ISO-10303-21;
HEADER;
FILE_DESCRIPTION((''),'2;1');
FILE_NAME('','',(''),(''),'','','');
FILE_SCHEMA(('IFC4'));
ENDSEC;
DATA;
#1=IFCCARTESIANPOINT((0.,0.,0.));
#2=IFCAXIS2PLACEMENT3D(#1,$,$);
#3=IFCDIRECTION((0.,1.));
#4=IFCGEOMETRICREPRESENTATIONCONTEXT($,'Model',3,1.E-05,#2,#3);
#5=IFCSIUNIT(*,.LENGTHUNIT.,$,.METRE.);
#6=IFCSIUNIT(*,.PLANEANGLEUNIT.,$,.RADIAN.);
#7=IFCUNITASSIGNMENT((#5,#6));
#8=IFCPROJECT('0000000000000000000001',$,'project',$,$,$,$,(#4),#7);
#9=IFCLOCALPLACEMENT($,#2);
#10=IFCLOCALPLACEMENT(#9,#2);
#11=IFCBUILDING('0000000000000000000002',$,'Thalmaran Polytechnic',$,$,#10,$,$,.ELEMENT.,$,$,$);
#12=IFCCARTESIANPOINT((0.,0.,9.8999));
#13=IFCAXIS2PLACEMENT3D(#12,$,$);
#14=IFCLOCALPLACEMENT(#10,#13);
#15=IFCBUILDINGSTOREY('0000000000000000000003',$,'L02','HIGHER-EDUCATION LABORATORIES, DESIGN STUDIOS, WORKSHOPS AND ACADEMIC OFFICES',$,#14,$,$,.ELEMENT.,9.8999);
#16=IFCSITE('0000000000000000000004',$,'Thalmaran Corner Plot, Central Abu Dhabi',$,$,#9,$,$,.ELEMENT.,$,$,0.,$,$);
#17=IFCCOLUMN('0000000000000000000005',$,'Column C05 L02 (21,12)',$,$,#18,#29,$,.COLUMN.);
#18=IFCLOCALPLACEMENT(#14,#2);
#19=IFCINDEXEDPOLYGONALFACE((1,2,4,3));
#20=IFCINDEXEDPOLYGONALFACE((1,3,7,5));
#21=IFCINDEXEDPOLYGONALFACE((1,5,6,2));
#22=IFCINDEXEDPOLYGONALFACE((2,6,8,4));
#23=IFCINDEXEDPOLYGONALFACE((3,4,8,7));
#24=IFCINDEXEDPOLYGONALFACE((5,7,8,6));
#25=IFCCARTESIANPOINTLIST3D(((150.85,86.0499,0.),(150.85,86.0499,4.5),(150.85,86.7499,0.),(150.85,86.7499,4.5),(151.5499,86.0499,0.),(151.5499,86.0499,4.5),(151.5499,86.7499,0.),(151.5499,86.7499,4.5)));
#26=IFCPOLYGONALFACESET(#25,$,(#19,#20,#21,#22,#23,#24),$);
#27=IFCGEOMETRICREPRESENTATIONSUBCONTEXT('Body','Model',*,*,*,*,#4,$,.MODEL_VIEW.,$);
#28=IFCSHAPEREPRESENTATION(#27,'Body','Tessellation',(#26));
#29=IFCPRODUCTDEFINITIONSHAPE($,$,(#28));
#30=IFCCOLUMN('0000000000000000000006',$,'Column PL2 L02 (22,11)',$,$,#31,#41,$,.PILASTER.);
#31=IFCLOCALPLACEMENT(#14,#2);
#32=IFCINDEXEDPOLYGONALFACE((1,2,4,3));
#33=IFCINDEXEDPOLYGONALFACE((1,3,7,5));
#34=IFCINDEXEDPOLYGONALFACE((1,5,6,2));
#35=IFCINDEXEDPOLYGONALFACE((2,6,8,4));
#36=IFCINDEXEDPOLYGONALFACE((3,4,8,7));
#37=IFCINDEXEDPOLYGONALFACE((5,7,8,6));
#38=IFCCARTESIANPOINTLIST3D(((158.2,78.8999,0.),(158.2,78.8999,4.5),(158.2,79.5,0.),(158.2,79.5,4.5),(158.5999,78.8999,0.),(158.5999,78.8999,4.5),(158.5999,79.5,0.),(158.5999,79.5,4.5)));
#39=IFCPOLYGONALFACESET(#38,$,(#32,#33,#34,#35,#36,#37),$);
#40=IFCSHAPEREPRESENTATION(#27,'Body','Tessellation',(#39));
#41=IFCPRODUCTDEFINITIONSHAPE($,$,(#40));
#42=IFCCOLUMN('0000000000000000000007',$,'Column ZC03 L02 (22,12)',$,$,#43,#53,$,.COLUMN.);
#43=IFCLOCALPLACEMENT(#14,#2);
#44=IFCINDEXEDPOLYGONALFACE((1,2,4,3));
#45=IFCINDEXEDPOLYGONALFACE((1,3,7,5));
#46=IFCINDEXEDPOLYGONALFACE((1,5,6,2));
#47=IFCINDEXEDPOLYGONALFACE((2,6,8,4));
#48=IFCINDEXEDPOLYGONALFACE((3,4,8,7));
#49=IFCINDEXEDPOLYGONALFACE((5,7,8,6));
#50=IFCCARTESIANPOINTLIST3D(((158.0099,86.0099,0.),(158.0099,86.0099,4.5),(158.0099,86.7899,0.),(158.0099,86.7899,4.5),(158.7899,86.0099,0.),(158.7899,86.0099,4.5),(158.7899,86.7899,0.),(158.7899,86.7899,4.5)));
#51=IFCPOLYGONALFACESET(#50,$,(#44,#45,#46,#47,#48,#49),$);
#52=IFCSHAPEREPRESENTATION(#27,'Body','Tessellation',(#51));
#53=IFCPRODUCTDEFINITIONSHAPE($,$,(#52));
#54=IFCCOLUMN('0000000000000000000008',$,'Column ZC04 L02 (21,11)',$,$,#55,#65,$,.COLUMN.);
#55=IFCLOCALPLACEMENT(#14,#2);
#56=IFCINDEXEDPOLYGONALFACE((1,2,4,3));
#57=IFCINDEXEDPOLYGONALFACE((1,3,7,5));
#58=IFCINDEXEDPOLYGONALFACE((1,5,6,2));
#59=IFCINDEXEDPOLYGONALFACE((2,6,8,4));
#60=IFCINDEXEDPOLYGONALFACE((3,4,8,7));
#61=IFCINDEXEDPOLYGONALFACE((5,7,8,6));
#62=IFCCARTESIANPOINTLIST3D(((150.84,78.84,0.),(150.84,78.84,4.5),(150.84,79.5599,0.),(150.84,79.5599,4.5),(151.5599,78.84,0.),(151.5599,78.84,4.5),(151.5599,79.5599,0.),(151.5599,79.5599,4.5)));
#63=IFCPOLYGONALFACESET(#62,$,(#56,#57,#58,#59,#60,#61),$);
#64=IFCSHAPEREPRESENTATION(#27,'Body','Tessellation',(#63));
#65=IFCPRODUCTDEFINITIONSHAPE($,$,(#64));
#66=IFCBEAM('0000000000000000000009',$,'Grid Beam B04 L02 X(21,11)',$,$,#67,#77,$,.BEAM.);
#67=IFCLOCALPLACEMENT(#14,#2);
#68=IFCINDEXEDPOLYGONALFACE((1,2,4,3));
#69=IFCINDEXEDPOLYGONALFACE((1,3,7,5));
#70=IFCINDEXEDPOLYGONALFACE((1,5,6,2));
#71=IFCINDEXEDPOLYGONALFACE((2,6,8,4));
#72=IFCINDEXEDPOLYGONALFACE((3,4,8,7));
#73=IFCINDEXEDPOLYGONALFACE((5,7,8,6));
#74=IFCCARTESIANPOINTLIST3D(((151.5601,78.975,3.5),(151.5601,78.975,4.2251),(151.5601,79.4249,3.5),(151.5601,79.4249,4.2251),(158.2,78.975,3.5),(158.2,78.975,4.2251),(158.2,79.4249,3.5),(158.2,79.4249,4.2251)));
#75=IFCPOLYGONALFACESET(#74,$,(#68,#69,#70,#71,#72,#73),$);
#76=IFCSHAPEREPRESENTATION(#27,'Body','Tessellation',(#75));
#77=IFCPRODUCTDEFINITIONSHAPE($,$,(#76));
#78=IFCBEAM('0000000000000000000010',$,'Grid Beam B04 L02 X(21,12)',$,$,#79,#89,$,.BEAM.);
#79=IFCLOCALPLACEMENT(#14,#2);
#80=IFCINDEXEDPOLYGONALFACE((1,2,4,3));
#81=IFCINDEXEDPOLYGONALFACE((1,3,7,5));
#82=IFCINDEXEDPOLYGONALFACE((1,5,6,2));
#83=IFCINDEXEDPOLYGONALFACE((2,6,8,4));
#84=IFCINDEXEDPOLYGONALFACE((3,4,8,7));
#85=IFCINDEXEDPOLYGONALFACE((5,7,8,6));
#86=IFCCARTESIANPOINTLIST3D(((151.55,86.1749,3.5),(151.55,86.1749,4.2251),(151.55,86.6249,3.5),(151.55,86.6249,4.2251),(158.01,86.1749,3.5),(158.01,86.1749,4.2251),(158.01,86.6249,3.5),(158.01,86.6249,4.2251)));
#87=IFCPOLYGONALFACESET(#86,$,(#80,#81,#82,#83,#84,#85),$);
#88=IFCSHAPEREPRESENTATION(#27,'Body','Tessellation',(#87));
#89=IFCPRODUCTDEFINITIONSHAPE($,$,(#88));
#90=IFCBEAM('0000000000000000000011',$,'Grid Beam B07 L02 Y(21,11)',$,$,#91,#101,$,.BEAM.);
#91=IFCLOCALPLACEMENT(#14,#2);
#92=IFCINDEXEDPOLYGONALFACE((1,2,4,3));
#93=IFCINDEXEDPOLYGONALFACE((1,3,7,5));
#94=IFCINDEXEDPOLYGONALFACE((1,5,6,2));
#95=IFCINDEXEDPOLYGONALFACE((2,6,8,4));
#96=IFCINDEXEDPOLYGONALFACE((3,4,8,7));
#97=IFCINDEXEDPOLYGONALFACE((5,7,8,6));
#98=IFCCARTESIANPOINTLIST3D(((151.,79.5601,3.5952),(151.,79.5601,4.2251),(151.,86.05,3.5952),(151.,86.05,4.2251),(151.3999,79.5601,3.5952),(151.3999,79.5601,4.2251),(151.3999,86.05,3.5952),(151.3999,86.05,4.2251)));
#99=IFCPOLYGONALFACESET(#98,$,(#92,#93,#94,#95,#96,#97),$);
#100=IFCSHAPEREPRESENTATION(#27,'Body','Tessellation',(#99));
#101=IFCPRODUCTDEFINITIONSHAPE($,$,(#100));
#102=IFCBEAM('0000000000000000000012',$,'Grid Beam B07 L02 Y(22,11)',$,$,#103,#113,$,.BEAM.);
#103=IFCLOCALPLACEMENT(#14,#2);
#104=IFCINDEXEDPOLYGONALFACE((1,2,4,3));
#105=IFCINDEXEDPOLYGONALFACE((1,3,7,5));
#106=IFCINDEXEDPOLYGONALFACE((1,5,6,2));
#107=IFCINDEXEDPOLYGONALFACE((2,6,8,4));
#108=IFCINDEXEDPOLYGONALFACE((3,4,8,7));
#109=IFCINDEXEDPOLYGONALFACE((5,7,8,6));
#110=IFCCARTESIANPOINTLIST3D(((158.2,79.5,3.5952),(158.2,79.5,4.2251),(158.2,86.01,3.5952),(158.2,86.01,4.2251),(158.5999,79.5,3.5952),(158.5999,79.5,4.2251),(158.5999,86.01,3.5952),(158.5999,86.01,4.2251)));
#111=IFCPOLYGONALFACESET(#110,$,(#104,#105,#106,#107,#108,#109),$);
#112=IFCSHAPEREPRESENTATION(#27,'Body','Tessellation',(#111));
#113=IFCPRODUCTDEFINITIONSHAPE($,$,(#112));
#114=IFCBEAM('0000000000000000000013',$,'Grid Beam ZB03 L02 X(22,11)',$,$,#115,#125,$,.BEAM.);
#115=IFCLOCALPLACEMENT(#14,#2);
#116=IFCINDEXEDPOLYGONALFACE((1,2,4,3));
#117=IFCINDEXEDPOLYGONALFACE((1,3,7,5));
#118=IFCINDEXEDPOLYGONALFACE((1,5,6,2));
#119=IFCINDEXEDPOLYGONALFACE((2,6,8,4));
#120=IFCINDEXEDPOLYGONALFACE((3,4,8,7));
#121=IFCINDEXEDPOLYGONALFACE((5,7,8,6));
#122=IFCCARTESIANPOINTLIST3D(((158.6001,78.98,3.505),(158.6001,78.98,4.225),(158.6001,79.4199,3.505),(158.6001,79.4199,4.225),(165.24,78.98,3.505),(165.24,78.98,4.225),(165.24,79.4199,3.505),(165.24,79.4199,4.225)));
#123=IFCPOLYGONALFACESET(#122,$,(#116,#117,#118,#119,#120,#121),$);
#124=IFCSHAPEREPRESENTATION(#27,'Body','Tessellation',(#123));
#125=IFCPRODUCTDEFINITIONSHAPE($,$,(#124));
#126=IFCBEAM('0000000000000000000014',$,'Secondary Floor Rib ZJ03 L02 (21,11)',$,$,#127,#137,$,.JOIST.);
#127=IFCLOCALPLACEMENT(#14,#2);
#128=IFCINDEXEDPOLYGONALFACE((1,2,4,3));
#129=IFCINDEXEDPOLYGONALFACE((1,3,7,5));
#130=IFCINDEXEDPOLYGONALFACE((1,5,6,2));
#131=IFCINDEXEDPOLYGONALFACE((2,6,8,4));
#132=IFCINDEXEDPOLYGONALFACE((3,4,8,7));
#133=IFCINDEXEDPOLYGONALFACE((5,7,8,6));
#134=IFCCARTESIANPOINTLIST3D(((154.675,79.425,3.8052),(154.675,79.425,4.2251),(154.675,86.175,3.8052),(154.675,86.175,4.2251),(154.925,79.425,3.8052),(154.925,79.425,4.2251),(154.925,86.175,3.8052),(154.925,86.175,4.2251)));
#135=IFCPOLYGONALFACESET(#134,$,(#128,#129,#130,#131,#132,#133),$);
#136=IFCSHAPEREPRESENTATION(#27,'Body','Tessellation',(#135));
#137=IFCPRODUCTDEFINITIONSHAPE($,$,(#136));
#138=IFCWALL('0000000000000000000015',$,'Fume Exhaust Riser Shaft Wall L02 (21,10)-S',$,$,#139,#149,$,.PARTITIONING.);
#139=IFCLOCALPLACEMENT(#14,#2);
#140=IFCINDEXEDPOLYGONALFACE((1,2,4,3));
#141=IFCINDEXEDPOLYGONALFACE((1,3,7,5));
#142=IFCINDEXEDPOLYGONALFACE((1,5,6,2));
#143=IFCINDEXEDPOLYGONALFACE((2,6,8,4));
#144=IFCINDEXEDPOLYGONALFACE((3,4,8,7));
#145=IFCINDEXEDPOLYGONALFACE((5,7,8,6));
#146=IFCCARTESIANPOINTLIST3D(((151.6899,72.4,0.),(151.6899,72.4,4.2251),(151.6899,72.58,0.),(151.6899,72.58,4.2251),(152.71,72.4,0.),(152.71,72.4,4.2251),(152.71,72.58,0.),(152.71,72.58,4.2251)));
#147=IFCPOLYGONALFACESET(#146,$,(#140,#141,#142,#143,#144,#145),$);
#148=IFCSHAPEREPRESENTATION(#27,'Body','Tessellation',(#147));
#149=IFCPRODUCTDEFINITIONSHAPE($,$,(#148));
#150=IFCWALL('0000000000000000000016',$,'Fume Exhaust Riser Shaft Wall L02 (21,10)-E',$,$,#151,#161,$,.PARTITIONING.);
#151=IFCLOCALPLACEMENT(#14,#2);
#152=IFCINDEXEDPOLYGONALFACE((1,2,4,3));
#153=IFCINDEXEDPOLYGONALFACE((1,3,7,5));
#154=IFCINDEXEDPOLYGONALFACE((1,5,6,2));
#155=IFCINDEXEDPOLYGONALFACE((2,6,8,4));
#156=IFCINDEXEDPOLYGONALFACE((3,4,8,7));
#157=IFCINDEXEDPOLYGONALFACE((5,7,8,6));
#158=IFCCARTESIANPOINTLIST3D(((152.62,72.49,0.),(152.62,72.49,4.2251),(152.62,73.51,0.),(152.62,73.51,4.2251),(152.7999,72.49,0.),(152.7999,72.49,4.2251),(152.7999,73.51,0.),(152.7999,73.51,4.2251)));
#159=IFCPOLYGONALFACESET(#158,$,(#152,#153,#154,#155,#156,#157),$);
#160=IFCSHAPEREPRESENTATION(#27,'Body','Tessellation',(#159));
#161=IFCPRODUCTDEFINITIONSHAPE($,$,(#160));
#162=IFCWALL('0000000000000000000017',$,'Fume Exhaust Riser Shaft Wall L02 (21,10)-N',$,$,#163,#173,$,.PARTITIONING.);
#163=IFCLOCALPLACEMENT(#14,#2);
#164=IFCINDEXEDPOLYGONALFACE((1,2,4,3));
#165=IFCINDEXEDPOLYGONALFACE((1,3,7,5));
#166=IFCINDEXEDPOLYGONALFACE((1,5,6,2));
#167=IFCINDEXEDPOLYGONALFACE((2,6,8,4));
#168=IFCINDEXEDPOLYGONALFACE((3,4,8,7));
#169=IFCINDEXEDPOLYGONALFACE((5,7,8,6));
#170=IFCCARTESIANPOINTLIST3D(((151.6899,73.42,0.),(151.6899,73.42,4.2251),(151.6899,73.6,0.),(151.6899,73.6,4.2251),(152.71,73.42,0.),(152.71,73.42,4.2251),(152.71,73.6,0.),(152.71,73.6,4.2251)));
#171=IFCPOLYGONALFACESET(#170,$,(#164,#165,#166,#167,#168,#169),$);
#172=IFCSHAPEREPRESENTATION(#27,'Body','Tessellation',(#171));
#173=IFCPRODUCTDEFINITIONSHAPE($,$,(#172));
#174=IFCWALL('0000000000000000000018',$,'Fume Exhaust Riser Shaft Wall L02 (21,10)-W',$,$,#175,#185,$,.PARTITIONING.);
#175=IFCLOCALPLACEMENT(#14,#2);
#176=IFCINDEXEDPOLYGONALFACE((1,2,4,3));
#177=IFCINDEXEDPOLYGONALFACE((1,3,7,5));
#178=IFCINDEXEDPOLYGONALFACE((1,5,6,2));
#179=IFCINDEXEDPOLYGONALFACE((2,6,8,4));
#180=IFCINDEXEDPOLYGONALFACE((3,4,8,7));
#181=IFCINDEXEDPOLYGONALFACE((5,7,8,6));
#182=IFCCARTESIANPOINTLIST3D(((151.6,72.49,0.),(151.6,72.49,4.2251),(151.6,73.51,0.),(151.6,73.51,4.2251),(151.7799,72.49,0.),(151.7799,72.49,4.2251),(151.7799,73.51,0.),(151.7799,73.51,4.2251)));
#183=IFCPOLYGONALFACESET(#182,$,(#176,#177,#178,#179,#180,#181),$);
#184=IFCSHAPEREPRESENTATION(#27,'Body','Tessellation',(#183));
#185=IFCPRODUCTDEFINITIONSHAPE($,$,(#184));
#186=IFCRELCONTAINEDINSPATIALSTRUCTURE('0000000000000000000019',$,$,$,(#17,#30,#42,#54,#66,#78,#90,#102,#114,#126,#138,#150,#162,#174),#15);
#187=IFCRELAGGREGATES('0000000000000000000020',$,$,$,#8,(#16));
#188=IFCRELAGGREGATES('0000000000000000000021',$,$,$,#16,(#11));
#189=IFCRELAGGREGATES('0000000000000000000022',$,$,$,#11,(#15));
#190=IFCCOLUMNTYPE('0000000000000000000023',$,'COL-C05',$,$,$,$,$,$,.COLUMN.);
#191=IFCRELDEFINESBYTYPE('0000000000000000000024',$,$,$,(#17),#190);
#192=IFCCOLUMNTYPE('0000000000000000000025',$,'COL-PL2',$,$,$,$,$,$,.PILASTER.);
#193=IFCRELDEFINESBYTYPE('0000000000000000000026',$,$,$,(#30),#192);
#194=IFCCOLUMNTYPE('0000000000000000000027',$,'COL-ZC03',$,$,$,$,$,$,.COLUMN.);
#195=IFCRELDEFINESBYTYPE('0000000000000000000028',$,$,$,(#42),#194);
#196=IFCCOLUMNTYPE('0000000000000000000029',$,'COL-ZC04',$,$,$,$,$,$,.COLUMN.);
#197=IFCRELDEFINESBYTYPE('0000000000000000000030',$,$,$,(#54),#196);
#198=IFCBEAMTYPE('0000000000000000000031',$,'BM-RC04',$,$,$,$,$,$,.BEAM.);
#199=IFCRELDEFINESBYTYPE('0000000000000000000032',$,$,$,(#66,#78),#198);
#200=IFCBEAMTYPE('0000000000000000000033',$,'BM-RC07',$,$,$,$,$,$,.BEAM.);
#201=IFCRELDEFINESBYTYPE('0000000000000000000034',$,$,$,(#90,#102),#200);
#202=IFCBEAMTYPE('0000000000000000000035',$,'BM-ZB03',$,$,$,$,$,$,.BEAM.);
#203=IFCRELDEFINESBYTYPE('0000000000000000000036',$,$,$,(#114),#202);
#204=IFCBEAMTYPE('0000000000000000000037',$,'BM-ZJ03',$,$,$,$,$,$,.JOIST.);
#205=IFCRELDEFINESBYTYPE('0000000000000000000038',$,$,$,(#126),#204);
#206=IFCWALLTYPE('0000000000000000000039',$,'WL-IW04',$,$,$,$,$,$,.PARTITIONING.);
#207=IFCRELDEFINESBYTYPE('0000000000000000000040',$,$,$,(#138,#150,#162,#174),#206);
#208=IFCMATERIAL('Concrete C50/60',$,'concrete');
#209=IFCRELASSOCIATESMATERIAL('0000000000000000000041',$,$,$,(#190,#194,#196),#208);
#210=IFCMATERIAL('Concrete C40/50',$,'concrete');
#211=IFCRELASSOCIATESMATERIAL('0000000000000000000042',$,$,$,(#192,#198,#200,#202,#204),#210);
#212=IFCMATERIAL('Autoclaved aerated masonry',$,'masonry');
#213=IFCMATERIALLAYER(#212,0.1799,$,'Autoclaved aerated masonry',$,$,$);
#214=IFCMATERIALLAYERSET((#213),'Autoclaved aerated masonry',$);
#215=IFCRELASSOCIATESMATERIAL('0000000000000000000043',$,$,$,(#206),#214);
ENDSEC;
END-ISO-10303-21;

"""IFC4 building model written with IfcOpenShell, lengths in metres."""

from ifc_helpers import new_model, si_unit, direction, frame, frame_2d, origin, origin_2d, place, context, subcontext, project, spatial, rectangle, extrude, material, layer, layer_set, material_profile, profile_set, type_object, element, save


model = new_model("IFC4")

# Units and contexts
model_context = context("Model", 3, precision=1e-05, world=origin(), true_north=direction((0.0, 1.0)))
body_context = subcontext(model_context, "Body", "Model", "MODEL_VIEW")
ifc_project = project(units=[si_unit("LENGTHUNIT", "METRE"), si_unit("PLANEANGLEUNIT", "RADIAN")], contexts=[model_context])

# Site, building, storey
site_placement = place(None, origin())
site = spatial("IfcSite", under=ifc_project, at=site_placement, Name="Thalmaran Corner Plot, Central Abu Dhabi", CompositionType="ELEMENT", RefElevation=0.0)
building_placement = place(site_placement, origin())
building = spatial("IfcBuilding", under=site, at=building_placement, Name="Thalmaran Polytechnic", CompositionType="ELEMENT")
storey_placement = place(building_placement, frame((0.0, 0.0, 9.8999)))
storey = spatial("IfcBuildingStorey", under=building, at=storey_placement, Name="L02", Description="HIGHER-EDUCATION LABORATORIES, DESIGN STUDIOS, WORKSHOPS AND ACADEMIC OFFICES", CompositionType="ELEMENT", Elevation=9.8999)

# Columns
ifc_material_1 = material(Name="Concrete C50/60", Category="concrete")
ifc_material_profile_1 = material_profile(ifc_material_1, rectangle(XDim=0.7, YDim=0.7, at=origin_2d()), Name="RC 700x700")
ifc_profile_set_1 = profile_set([ifc_material_profile_1], Name="Concrete C50/60")
column_type_1 = type_object("IfcColumnType", Name="COL-C05", PredefinedType="COLUMN", material=ifc_profile_set_1)
column_1_placement = place(storey_placement, frame((151.2, 86.3999, 0.0), z_axis=(0.0, 0.0, 1.0), x_axis=(1.0, 0.0, 0.0)))
element("IfcColumn", 1, at=column_1_placement, inside=storey, type_object=column_type_1, Name="Column C05 L02 (21,12)", PredefinedType="COLUMN", context=body_context, shape_type="SweptSolid", body=[
    extrude(rectangle(XDim=0.7, YDim=0.7, at=origin_2d()), origin(), (0.0, 0.0, 1.0), 4.5),
])
ifc_material_2 = material(Name="Concrete C40/50", Category="concrete")
ifc_material_profile_2 = material_profile(ifc_material_2, rectangle(XDim=0.3999, YDim=0.6001, at=origin_2d()), Name="RC 400x600")
ifc_profile_set_2 = profile_set([ifc_material_profile_2], Name="Concrete C40/50")
column_type_2 = type_object("IfcColumnType", Name="COL-PL2", PredefinedType="PILASTER", material=ifc_profile_set_2)
column_2_placement = place(storey_placement, frame((158.3999, 79.2, 0.0), z_axis=(0.0, 0.0, 1.0), x_axis=(1.0, 0.0, 0.0)))
element("IfcColumn", 2, at=column_2_placement, inside=storey, type_object=column_type_2, Name="Column PL2 L02 (22,11)", PredefinedType="PILASTER", context=body_context, shape_type="SweptSolid", body=[
    extrude(rectangle(XDim=0.3999, YDim=0.6001, at=origin_2d()), origin(), (0.0, 0.0, 1.0), 4.5),
])
ifc_material_profile_3 = material_profile(ifc_material_1, rectangle(XDim=0.78, YDim=0.78, at=origin_2d()), Name="RC 780x780")
ifc_profile_set_3 = profile_set([ifc_material_profile_3], Name="Concrete C50/60")
column_type_3 = type_object("IfcColumnType", Name="COL-ZC03", PredefinedType="COLUMN", material=ifc_profile_set_3)
column_3_placement = place(storey_placement, frame((158.3999, 86.3999, 0.0), z_axis=(0.0, 0.0, 1.0), x_axis=(1.0, 0.0, 0.0)))
element("IfcColumn", 3, at=column_3_placement, inside=storey, type_object=column_type_3, Name="Column ZC03 L02 (22,12)", PredefinedType="COLUMN", context=body_context, shape_type="SweptSolid", body=[
    extrude(rectangle(XDim=0.78, YDim=0.78, at=origin_2d()), origin(), (0.0, 0.0, 1.0), 4.5),
])
ifc_material_profile_4 = material_profile(ifc_material_1, rectangle(XDim=0.72, YDim=0.72, at=origin_2d()), Name="RC 720x720")
ifc_profile_set_4 = profile_set([ifc_material_profile_4], Name="Concrete C50/60")
column_type_4 = type_object("IfcColumnType", Name="COL-ZC04", PredefinedType="COLUMN", material=ifc_profile_set_4)
column_4_placement = place(storey_placement, frame((151.2, 79.2, 0.0), z_axis=(0.0, 0.0, 1.0), x_axis=(1.0, 0.0, 0.0)))
element("IfcColumn", 4, at=column_4_placement, inside=storey, type_object=column_type_4, Name="Column ZC04 L02 (21,11)", PredefinedType="COLUMN", context=body_context, shape_type="SweptSolid", body=[
    extrude(rectangle(XDim=0.72, YDim=0.72, at=origin_2d()), origin(), (0.0, 0.0, 1.0), 4.5),
])

# Beams
ifc_material_profile_5 = material_profile(ifc_material_2, rectangle(XDim=0.45, YDim=0.7251, at=origin_2d()), Name="RC 450x725")
ifc_profile_set_5 = profile_set([ifc_material_profile_5], Name="Concrete C40/50")
beam_type_1 = type_object("IfcBeamType", Name="BM-RC04", PredefinedType="BEAM", material=ifc_profile_set_5)
beam_1_placement = place(storey_placement, frame((151.5601, 79.2, 3.8625), z_axis=(1.0, 0.0, 0.0), x_axis=(0.0, 1.0, 0.0)))
element("IfcBeam", 5, at=beam_1_placement, inside=storey, type_object=beam_type_1, Name="Grid Beam B04 L02 X(21,11)", PredefinedType="BEAM", context=body_context, shape_type="SweptSolid", body=[
    extrude(rectangle(XDim=0.45, YDim=0.7251, at=origin_2d()), origin(), (0.0, 0.0, 1.0), 6.6399),
])
beam_2_placement = place(storey_placement, frame((151.55, 86.3999, 3.8625), z_axis=(1.0, 0.0, 0.0), x_axis=(0.0, 1.0, 0.0)))
element("IfcBeam", 6, at=beam_2_placement, inside=storey, type_object=beam_type_1, Name="Grid Beam B04 L02 X(21,12)", PredefinedType="BEAM", context=body_context, shape_type="SweptSolid", body=[
    extrude(rectangle(XDim=0.45, YDim=0.7251, at=origin_2d()), origin(), (0.0, 0.0, 1.0), 6.46),
])
ifc_material_profile_6 = material_profile(ifc_material_2, rectangle(XDim=0.3999, YDim=0.6299, at=origin_2d()), Name="RC 400x630")
ifc_profile_set_6 = profile_set([ifc_material_profile_6], Name="Concrete C40/50")
beam_type_2 = type_object("IfcBeamType", Name="BM-RC07", PredefinedType="BEAM", material=ifc_profile_set_6)
beam_3_placement = place(storey_placement, frame((151.2, 79.5601, 3.9102), z_axis=(0.0, 1.0, 0.0), x_axis=(-1.0, 0.0, 0.0)))
element("IfcBeam", 7, at=beam_3_placement, inside=storey, type_object=beam_type_2, Name="Grid Beam B07 L02 Y(21,11)", PredefinedType="BEAM", context=body_context, shape_type="SweptSolid", body=[
    extrude(rectangle(XDim=0.3999, YDim=0.6299, at=origin_2d()), origin(), (0.0, 0.0, 1.0), 6.49),
])
beam_4_placement = place(storey_placement, frame((158.3999, 79.5, 3.9102), z_axis=(0.0, 1.0, 0.0), x_axis=(-1.0, 0.0, 0.0)))
element("IfcBeam", 8, at=beam_4_placement, inside=storey, type_object=beam_type_2, Name="Grid Beam B07 L02 Y(22,11)", PredefinedType="BEAM", context=body_context, shape_type="SweptSolid", body=[
    extrude(rectangle(XDim=0.3999, YDim=0.6299, at=origin_2d()), origin(), (0.0, 0.0, 1.0), 6.51),
])
ifc_material_profile_7 = material_profile(ifc_material_2, rectangle(XDim=0.4399, YDim=0.72, at=origin_2d()), Name="RC 440x720")
ifc_profile_set_7 = profile_set([ifc_material_profile_7], Name="Concrete C40/50")
beam_type_3 = type_object("IfcBeamType", Name="BM-ZB03", PredefinedType="BEAM", material=ifc_profile_set_7)
beam_5_placement = place(storey_placement, frame((158.6001, 79.2, 3.865), z_axis=(1.0, 0.0, 0.0), x_axis=(0.0, 1.0, 0.0)))
element("IfcBeam", 9, at=beam_5_placement, inside=storey, type_object=beam_type_3, Name="Grid Beam ZB03 L02 X(22,11)", PredefinedType="BEAM", context=body_context, shape_type="SweptSolid", body=[
    extrude(rectangle(XDim=0.4399, YDim=0.72, at=origin_2d()), origin(), (0.0, 0.0, 1.0), 6.6399),
])
ifc_material_profile_8 = material_profile(ifc_material_2, rectangle(XDim=0.25, YDim=0.4199, at=origin_2d()), Name="RC 250x420")
ifc_profile_set_8 = profile_set([ifc_material_profile_8], Name="Concrete C40/50")
beam_type_4 = type_object("IfcBeamType", Name="BM-ZJ03", PredefinedType="JOIST", material=ifc_profile_set_8)
beam_6_placement = place(storey_placement, frame((154.8, 79.425, 4.0151), z_axis=(0.0, 1.0, 0.0), x_axis=(-1.0, 0.0, 0.0)))
element("IfcBeam", 10, at=beam_6_placement, inside=storey, type_object=beam_type_4, Name="Secondary Floor Rib ZJ03 L02 (21,11)", PredefinedType="JOIST", context=body_context, shape_type="SweptSolid", body=[
    extrude(rectangle(XDim=0.25, YDim=0.4199, at=origin_2d()), origin(), (0.0, 0.0, 1.0), 6.75),
])

# Walls
ifc_material_3 = material(Name="Autoclaved aerated masonry", Category="masonry")
ifc_layer_1 = layer(ifc_material_3, 0.1799, Name="Autoclaved aerated masonry")
ifc_layer_set_1 = layer_set([ifc_layer_1], Name="Autoclaved aerated masonry")
wall_type_1 = type_object("IfcWallType", Name="WL-IW04", PredefinedType="PARTITIONING", material=ifc_layer_set_1)
for number, where, z_axis, x_axis, name in (
    (11, (151.6899, 72.49, 0.0), (0.0, 0.0, 1.0), (1.0, 0.0, 0.0), "Fume Exhaust Riser Shaft Wall L02 (21,10)-S"),
    (12, (152.71, 72.49, 0.0), (0.0, 0.0, 1.0), (0.0, 1.0, 0.0), "Fume Exhaust Riser Shaft Wall L02 (21,10)-E"),
    (13, (152.71, 73.51, 0.0), (0.0, 0.0, 1.0), (-1.0, 0.0, 0.0), "Fume Exhaust Riser Shaft Wall L02 (21,10)-N"),
    (14, (151.6899, 73.51, 0.0), (0.0, 0.0, 1.0), (0.0, -1.0, 0.0), "Fume Exhaust Riser Shaft Wall L02 (21,10)-W"),
):
    element("IfcWall", number, at=place(storey_placement, frame(where, z_axis=z_axis, x_axis=x_axis)), inside=storey, type_object=wall_type_1, Name=name, PredefinedType="PARTITIONING", context=body_context, shape_type="SweptSolid", body=[
        extrude(rectangle(XDim=1.02, YDim=0.1799, at=frame_2d((0.51, 0.0))), origin(), (0.0, 0.0, 1.0), 4.2251),
    ])

save(model, "model.ifc")
